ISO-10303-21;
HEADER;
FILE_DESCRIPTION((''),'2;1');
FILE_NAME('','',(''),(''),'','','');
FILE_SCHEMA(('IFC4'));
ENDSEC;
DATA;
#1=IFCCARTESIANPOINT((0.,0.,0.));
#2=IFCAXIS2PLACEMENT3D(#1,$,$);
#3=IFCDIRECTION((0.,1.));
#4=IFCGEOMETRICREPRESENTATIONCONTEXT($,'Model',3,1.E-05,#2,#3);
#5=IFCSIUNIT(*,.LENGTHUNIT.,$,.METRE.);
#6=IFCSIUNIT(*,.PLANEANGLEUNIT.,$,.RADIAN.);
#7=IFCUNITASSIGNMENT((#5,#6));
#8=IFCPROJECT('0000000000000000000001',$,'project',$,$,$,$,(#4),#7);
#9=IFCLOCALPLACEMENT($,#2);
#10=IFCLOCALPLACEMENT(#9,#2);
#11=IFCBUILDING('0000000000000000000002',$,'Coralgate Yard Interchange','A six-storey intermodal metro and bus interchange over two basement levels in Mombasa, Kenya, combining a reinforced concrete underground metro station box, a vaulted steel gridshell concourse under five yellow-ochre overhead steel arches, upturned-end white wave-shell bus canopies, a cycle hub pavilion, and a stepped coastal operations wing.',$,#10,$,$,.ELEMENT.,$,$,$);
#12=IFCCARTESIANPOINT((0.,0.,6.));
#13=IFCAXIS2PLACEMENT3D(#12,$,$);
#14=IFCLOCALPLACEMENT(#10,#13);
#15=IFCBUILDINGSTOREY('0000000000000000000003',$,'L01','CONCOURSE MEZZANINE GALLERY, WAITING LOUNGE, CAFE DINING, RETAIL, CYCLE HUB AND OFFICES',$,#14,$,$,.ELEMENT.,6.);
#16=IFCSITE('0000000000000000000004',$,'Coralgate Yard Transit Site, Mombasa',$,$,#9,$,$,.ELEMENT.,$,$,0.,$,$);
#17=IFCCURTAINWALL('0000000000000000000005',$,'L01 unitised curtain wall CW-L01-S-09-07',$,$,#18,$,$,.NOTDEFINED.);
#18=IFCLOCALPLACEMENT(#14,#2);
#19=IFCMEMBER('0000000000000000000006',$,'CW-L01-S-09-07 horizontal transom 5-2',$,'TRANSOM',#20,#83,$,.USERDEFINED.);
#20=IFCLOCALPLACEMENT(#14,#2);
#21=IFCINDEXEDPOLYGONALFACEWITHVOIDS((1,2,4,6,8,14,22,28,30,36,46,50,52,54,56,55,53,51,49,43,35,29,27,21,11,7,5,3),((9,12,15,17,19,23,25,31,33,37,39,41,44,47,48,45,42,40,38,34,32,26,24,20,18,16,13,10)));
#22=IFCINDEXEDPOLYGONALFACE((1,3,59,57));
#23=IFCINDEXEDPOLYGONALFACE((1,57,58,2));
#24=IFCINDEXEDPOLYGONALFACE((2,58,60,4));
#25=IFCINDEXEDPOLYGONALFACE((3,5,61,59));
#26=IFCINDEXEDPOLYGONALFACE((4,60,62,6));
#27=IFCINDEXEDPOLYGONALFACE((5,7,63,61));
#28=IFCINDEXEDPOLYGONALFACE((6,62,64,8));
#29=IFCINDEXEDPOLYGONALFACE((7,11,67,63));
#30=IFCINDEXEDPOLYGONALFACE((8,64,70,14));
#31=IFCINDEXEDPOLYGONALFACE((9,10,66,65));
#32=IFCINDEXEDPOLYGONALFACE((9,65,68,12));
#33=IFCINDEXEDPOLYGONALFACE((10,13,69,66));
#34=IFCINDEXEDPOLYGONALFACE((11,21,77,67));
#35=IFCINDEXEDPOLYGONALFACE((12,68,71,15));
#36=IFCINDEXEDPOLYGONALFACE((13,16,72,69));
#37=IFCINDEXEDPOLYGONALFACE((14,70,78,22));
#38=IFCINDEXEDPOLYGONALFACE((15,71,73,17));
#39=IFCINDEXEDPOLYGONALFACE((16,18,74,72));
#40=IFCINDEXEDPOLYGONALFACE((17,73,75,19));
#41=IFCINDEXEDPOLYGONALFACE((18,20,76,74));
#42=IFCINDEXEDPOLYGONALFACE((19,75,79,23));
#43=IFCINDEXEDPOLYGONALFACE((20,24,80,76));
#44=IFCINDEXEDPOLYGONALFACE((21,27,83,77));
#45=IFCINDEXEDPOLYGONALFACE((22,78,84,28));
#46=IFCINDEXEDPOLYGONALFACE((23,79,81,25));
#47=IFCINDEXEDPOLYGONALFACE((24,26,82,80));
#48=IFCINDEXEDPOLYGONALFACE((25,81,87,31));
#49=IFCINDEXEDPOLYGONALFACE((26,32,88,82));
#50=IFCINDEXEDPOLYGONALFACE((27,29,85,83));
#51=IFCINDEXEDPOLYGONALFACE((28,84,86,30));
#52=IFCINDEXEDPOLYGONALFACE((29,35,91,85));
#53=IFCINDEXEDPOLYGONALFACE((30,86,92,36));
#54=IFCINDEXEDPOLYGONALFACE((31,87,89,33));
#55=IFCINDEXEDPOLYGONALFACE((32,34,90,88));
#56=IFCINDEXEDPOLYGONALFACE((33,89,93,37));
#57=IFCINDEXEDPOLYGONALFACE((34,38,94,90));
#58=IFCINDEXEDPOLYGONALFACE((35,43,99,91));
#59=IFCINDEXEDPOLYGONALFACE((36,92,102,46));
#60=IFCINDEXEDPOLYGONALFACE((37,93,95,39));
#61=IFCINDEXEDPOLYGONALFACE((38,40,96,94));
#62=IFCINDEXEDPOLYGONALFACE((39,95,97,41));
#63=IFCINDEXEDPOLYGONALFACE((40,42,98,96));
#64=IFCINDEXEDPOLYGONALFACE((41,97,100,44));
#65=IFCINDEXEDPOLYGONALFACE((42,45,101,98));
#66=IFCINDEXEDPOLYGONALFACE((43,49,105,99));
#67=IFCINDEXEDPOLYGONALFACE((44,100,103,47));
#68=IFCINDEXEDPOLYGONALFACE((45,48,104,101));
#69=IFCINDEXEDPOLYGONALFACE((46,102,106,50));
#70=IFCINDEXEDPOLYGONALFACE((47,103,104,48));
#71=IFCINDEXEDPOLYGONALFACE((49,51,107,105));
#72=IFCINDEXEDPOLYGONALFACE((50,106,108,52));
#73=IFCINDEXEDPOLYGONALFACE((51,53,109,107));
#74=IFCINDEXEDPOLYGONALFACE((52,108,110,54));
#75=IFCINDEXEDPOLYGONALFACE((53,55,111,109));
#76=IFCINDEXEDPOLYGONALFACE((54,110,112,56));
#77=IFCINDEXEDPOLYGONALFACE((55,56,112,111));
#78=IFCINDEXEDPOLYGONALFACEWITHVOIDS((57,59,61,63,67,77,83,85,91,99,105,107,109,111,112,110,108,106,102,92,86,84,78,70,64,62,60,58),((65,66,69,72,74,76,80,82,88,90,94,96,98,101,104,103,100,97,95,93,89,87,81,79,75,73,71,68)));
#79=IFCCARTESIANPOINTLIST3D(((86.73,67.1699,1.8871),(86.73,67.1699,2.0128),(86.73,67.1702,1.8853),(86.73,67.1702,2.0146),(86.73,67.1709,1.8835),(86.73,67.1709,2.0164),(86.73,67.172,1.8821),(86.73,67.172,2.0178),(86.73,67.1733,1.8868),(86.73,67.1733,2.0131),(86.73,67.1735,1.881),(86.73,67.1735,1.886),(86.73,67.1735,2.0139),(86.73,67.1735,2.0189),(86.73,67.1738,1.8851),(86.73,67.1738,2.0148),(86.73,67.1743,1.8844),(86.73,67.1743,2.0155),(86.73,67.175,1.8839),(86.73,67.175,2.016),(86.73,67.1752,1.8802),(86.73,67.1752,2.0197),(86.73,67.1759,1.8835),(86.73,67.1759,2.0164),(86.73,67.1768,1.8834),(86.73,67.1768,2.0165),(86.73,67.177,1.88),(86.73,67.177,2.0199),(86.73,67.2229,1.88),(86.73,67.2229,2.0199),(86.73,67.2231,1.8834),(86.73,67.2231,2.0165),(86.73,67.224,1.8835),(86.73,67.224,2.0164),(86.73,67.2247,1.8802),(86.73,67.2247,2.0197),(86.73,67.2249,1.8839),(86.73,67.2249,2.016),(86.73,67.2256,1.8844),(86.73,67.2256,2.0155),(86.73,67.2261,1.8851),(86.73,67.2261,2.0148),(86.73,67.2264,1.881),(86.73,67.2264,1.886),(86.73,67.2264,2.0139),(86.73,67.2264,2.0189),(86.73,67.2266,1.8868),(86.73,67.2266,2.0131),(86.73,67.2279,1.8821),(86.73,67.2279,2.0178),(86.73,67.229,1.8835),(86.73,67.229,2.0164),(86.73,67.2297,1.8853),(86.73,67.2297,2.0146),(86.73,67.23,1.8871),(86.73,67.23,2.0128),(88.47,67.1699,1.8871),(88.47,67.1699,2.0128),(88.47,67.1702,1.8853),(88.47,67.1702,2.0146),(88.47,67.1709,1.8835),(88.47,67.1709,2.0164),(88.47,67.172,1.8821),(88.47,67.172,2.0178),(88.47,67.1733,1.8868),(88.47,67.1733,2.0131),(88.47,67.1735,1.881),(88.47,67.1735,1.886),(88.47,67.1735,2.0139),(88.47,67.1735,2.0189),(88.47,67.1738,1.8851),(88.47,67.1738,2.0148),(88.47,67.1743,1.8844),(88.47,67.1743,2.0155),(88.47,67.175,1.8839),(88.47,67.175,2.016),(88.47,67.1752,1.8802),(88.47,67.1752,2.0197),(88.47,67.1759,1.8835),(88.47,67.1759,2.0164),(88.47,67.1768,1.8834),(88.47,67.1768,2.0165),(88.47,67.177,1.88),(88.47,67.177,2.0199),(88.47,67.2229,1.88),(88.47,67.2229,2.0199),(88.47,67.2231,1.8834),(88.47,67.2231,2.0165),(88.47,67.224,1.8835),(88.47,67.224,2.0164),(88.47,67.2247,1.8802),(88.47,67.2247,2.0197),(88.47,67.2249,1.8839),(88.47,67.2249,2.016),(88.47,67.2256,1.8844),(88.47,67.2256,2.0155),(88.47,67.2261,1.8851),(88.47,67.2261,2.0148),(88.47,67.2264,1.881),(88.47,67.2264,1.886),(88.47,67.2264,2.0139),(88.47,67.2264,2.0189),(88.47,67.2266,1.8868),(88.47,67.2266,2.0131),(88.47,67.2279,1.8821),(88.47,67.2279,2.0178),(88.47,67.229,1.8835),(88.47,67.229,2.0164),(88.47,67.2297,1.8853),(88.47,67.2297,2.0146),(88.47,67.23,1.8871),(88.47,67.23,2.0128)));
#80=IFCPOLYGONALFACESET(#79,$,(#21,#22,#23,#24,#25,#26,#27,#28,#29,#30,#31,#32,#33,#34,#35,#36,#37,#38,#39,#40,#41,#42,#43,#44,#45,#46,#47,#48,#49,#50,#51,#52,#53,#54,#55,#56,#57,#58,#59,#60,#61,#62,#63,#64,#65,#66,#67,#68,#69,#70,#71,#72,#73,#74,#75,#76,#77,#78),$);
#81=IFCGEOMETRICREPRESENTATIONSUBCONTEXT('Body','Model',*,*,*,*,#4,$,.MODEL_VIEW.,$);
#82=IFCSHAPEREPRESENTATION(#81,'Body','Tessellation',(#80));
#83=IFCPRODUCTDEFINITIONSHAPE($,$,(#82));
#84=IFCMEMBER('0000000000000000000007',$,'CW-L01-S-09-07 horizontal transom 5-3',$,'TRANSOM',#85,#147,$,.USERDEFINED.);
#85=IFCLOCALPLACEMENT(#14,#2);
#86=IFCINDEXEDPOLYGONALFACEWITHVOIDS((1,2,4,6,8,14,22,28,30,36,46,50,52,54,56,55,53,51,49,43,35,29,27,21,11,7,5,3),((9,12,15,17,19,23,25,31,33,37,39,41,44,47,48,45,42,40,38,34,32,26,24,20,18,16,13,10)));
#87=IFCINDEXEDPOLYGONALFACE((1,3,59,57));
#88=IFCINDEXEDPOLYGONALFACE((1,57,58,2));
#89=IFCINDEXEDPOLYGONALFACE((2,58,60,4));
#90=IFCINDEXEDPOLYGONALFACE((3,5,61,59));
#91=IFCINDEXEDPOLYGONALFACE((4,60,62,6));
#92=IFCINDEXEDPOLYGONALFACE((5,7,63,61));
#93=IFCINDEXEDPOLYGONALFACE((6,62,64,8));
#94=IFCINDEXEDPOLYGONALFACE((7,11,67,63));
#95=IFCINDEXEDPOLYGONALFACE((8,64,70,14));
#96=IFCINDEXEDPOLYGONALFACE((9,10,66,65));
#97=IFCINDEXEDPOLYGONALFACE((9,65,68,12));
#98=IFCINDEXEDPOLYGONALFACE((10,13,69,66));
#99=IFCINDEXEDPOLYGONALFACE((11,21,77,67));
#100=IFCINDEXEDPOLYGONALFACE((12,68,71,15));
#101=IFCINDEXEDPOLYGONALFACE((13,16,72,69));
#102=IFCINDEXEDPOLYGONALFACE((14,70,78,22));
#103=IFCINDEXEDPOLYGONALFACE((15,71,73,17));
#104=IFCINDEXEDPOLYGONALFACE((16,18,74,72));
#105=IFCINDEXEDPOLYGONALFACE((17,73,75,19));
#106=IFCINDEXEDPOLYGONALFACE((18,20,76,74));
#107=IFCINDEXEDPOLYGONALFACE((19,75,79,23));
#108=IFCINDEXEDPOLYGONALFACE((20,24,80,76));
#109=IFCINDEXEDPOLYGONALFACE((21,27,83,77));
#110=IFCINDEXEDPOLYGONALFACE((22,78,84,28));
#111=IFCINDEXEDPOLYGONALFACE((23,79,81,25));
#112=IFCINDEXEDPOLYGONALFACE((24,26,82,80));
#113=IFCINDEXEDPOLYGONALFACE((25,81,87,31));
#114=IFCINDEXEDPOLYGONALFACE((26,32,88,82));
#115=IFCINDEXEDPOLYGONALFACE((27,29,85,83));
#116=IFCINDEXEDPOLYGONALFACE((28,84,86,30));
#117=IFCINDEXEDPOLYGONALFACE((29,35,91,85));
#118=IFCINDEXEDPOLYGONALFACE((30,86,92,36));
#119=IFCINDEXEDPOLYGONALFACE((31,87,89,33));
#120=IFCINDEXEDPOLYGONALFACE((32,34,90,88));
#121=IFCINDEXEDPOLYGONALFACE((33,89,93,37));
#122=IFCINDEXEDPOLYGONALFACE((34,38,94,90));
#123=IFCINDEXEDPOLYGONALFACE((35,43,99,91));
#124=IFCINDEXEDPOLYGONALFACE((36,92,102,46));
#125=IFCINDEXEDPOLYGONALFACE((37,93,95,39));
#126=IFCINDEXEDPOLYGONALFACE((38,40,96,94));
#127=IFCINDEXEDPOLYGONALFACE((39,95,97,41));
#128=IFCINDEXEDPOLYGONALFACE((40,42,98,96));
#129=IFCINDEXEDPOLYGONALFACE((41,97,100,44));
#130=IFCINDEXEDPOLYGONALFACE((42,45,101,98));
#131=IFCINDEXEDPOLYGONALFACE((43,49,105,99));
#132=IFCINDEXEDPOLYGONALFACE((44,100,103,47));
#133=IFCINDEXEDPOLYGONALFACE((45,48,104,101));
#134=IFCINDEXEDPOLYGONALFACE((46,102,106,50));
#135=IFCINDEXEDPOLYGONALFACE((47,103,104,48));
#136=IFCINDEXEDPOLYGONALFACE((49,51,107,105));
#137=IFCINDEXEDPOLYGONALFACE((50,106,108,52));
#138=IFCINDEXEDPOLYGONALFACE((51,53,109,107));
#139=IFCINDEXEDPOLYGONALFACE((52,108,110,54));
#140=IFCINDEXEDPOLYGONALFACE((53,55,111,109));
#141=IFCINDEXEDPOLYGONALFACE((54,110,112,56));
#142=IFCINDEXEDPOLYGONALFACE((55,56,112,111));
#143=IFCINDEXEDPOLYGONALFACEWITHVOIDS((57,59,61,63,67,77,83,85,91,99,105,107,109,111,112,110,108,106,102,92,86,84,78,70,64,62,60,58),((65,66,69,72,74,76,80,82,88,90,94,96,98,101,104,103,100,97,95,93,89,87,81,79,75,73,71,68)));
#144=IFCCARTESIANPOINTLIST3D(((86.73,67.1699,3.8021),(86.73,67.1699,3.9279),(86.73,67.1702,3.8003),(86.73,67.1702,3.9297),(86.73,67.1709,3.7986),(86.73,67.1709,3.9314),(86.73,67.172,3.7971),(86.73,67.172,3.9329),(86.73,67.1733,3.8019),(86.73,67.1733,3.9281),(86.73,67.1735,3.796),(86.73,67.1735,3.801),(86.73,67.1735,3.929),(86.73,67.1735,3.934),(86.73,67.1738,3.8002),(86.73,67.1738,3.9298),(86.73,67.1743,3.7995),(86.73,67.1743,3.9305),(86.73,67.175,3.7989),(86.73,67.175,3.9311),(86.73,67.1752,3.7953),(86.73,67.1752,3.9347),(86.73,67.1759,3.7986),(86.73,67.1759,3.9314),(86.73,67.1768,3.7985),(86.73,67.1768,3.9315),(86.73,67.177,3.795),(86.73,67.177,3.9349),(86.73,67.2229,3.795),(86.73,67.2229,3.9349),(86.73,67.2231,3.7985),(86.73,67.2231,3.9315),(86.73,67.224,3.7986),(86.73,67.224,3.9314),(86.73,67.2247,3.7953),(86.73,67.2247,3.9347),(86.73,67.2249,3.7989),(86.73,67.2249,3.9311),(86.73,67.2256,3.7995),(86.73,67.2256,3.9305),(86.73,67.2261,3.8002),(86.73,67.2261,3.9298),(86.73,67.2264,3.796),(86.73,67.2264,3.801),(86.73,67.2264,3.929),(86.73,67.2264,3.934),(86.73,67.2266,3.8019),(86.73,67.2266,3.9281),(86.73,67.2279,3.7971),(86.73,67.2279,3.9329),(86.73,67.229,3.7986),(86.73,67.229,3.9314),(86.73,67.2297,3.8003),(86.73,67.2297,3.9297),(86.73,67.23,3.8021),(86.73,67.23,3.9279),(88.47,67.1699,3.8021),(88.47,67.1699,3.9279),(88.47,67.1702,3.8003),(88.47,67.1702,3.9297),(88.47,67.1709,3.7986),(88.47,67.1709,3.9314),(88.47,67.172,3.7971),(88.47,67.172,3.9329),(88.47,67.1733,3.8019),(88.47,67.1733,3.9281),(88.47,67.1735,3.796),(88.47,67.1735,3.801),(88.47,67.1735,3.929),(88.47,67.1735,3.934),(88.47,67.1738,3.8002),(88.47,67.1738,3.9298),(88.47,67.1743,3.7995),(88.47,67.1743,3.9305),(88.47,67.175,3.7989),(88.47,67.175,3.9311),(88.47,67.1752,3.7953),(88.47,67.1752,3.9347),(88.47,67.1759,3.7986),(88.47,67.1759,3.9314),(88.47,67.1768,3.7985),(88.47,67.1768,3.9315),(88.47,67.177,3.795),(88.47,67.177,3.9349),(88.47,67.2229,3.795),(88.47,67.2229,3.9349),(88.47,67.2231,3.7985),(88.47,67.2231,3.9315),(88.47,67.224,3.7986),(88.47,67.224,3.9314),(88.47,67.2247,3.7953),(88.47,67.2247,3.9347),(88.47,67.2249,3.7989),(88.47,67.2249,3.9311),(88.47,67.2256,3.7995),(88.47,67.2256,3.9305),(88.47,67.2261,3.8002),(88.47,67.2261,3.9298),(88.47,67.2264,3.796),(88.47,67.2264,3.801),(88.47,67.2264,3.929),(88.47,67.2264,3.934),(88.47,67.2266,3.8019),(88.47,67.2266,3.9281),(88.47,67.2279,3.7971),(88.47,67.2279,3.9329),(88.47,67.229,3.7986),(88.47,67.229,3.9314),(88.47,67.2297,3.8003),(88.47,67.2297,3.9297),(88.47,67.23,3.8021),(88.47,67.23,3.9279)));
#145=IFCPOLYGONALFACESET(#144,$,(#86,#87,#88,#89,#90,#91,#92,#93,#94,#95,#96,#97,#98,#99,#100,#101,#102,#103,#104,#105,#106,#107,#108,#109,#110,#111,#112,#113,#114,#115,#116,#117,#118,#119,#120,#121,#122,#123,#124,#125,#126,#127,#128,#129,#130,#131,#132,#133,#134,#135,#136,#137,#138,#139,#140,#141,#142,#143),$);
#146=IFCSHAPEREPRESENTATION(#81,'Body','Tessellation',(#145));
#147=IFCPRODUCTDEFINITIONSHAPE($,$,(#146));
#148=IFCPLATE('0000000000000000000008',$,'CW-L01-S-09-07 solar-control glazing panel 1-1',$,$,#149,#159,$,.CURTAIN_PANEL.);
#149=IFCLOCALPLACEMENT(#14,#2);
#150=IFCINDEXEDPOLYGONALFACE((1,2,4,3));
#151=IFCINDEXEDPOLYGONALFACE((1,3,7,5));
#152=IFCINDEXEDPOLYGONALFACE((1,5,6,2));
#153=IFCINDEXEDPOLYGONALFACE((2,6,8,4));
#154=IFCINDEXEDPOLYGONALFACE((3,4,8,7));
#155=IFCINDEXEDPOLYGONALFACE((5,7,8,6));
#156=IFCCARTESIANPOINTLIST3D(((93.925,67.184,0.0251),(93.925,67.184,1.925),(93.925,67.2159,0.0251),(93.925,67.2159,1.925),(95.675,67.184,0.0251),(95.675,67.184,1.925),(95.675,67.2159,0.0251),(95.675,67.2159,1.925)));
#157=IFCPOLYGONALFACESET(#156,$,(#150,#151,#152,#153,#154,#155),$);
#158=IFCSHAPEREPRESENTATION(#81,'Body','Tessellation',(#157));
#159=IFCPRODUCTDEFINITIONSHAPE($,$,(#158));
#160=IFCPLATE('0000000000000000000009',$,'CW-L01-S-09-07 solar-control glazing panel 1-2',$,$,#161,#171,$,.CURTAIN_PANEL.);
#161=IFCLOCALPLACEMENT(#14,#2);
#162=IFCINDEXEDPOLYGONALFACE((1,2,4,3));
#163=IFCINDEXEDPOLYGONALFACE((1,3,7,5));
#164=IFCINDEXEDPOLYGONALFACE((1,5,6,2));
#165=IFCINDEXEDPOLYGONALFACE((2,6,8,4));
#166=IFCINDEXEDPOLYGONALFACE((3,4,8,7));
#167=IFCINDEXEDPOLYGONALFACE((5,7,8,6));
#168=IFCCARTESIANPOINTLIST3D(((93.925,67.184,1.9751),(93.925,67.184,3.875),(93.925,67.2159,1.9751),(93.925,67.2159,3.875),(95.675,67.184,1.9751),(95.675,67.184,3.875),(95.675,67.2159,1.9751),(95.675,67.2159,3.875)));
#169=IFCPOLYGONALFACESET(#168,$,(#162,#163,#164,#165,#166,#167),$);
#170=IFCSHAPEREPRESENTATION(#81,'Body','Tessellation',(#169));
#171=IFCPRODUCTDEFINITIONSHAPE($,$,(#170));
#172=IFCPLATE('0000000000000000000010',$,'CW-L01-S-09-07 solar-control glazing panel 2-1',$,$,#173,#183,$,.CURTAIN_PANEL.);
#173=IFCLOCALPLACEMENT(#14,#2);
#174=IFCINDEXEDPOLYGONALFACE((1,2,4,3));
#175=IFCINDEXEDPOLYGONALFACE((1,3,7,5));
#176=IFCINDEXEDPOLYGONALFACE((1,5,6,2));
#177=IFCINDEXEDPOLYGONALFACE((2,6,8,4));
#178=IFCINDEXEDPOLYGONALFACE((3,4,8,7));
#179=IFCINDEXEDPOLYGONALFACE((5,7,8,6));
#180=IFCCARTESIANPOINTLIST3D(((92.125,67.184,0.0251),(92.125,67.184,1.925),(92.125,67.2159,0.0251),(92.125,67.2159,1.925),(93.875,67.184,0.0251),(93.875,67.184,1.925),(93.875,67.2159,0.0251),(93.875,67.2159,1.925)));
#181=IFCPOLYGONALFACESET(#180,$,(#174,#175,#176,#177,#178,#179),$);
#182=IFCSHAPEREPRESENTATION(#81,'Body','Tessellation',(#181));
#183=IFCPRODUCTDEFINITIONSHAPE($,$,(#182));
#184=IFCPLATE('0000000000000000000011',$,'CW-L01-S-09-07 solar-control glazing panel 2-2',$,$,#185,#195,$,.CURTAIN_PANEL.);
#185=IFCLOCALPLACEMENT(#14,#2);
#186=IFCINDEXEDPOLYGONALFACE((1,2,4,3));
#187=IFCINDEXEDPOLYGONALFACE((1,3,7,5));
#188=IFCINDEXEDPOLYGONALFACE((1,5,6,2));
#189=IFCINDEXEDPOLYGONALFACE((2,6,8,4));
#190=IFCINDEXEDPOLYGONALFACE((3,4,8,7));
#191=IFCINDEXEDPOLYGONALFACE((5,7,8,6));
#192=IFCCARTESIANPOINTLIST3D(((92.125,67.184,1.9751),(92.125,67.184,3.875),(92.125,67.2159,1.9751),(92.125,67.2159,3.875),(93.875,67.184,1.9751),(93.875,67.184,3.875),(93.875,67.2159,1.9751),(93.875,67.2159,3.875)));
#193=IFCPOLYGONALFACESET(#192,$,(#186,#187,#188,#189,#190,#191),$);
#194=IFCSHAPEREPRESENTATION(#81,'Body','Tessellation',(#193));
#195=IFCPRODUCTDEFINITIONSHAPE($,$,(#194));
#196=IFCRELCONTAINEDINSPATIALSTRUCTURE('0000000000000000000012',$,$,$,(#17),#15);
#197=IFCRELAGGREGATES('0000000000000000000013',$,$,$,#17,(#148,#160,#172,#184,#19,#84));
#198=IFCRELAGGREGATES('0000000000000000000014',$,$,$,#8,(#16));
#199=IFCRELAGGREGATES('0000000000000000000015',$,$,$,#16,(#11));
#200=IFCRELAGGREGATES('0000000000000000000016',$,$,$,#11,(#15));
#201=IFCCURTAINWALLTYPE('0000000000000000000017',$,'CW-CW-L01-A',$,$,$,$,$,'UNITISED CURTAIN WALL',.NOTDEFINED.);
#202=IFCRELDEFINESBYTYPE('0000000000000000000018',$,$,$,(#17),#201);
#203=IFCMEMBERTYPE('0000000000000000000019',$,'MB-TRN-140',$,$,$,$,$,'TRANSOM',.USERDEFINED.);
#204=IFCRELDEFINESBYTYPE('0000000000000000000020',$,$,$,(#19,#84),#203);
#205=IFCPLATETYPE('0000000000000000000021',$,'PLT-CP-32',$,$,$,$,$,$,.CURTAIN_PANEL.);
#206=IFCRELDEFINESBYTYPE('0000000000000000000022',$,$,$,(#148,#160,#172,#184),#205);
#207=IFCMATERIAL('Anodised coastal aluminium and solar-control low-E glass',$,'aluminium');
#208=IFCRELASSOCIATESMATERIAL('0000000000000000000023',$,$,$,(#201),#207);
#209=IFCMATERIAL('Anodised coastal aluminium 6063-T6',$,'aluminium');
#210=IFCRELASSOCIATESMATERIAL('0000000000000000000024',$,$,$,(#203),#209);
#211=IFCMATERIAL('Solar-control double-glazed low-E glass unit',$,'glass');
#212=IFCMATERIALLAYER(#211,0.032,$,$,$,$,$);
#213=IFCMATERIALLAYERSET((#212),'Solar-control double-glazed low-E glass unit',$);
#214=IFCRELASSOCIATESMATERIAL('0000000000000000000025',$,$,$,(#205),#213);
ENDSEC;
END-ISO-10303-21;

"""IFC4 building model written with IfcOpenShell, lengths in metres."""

from ifc_helpers import new_model, si_unit, direction, frame, origin, origin_2d, place, context, subcontext, project, spatial, rectangle, hollow_rectangle, extrude, material, layer, layer_set, material_profile, profile_set, type_object, element, aggregate, save


model = new_model("IFC4")

# Units and contexts
model_context = context("Model", 3, precision=1e-05, world=origin(), true_north=direction((0.0, 1.0)))
body_context = subcontext(model_context, "Body", "Model", "MODEL_VIEW")
ifc_project = project(units=[si_unit("LENGTHUNIT", "METRE"), si_unit("PLANEANGLEUNIT", "RADIAN")], contexts=[model_context])

# Site, building, storey
site_placement = place(None, origin())
site = spatial("IfcSite", under=ifc_project, at=site_placement, Name="Coralgate Yard Transit Site, Mombasa", CompositionType="ELEMENT", RefElevation=0.0)
building_placement = place(site_placement, origin())
building = spatial("IfcBuilding", under=site, at=building_placement, Name="Coralgate Yard Interchange", Description="A six-storey intermodal metro and bus interchange over two basement levels in Mombasa, Kenya, combining a reinforced concrete underground metro station box, a vaulted steel gridshell concourse under five yellow-ochre overhead steel arches, upturned-end white wave-shell bus canopies, a cycle hub pavilion, and a stepped coastal operations wing.", CompositionType="ELEMENT")
storey_placement = place(building_placement, frame((0.0, 0.0, 6.0)))
storey = spatial("IfcBuildingStorey", under=building, at=storey_placement, Name="L01", Description="CONCOURSE MEZZANINE GALLERY, WAITING LOUNGE, CAFE DINING, RETAIL, CYCLE HUB AND OFFICES", CompositionType="ELEMENT", Elevation=6.0)

# Curtain wall, members, plates
ifc_material_1 = material(Name="Anodised coastal aluminium and solar-control low-E glass", Category="aluminium")
curtain_wall_type = type_object("IfcCurtainWallType", Name="CW-CW-L01-A", ElementType="UNITISED CURTAIN WALL", PredefinedType="NOTDEFINED", material=ifc_material_1)
curtain_wall_placement = place(storey_placement, origin())
curtain_wall = element("IfcCurtainWall", 1, at=curtain_wall_placement, inside=storey, type_object=curtain_wall_type, Name="L01 unitised curtain wall CW-L01-S-09-07", PredefinedType="NOTDEFINED")
ifc_material_2 = material(Name="Anodised coastal aluminium 6063-T6", Category="aluminium")
ifc_material_profile_1 = material_profile(ifc_material_2, hollow_rectangle(XDim=0.0601, YDim=0.1399, WallThickness=0.0034, InnerFilletRadius=0.0034, OuterFilletRadius=0.0071, at=origin_2d()), Name="ALU 60x140x3.5")
ifc_profile_set_1 = profile_set([ifc_material_profile_1], Name="Anodised coastal aluminium 6063-T6")
member_type_1 = type_object("IfcMemberType", Name="MB-TRN-140", ElementType="TRANSOM", PredefinedType="USERDEFINED", material=ifc_profile_set_1)
member_1_placement = place(storey_placement, frame((88.47, 67.2, 1.95), z_axis=(-1.0, 0.0, 0.0), x_axis=(0.0, -1.0, 0.0)))
member_1 = element("IfcMember", 2, at=member_1_placement, type_object=member_type_1, Name="CW-L01-S-09-07 horizontal transom 5-2", ObjectType="TRANSOM", PredefinedType="USERDEFINED", context=body_context, shape_type="SweptSolid", body=[
    extrude(hollow_rectangle(XDim=0.0601, YDim=0.1399, WallThickness=0.0034, InnerFilletRadius=0.0034, OuterFilletRadius=0.0071, at=origin_2d()), origin(), (0.0, 0.0, 1.0), 1.74),
])
member_2_placement = place(storey_placement, frame((88.47, 67.2, 3.865), z_axis=(-1.0, 0.0, 0.0), x_axis=(0.0, -1.0, 0.0)))
member_2 = element("IfcMember", 3, at=member_2_placement, type_object=member_type_1, Name="CW-L01-S-09-07 horizontal transom 5-3", ObjectType="TRANSOM", PredefinedType="USERDEFINED", context=body_context, shape_type="SweptSolid", body=[
    extrude(hollow_rectangle(XDim=0.0601, YDim=0.1399, WallThickness=0.0034, InnerFilletRadius=0.0034, OuterFilletRadius=0.0071, at=origin_2d()), origin(), (0.0, 0.0, 1.0), 1.74),
])
ifc_material_3 = material(Name="Solar-control double-glazed low-E glass unit", Category="glass")
ifc_layer = layer(ifc_material_3, 0.032)
ifc_layer_set = layer_set([ifc_layer], Name="Solar-control double-glazed low-E glass unit")
plate_type = type_object("IfcPlateType", Name="PLT-CP-32", PredefinedType="CURTAIN_PANEL", material=ifc_layer_set)
plate_1_placement = place(storey_placement, frame((94.8, 67.2, 0.0251), z_axis=(0.0, 0.0, 1.0), x_axis=(-1.0, 0.0, 0.0)))
plate_1 = element("IfcPlate", 4, at=plate_1_placement, type_object=plate_type, Name="CW-L01-S-09-07 solar-control glazing panel 1-1", PredefinedType="CURTAIN_PANEL", context=body_context, shape_type="SweptSolid", body=[
    extrude(rectangle(XDim=1.75, YDim=0.032, at=origin_2d()), origin(), (0.0, 0.0, 1.0), 1.8999),
])
plate_2_placement = place(storey_placement, frame((94.8, 67.2, 1.9751), z_axis=(0.0, 0.0, 1.0), x_axis=(-1.0, 0.0, 0.0)))
plate_2 = element("IfcPlate", 5, at=plate_2_placement, type_object=plate_type, Name="CW-L01-S-09-07 solar-control glazing panel 1-2", PredefinedType="CURTAIN_PANEL", context=body_context, shape_type="SweptSolid", body=[
    extrude(rectangle(XDim=1.75, YDim=0.032, at=origin_2d()), origin(), (0.0, 0.0, 1.0), 1.8999),
])
plate_3_placement = place(storey_placement, frame((93.0, 67.2, 0.0251), z_axis=(0.0, 0.0, 1.0), x_axis=(-1.0, 0.0, 0.0)))
plate_3 = element("IfcPlate", 6, at=plate_3_placement, type_object=plate_type, Name="CW-L01-S-09-07 solar-control glazing panel 2-1", PredefinedType="CURTAIN_PANEL", context=body_context, shape_type="SweptSolid", body=[
    extrude(rectangle(XDim=1.75, YDim=0.032, at=origin_2d()), origin(), (0.0, 0.0, 1.0), 1.8999),
])
plate_4_placement = place(storey_placement, frame((93.0, 67.2, 1.9751), z_axis=(0.0, 0.0, 1.0), x_axis=(-1.0, 0.0, 0.0)))
plate_4 = element("IfcPlate", 7, at=plate_4_placement, type_object=plate_type, Name="CW-L01-S-09-07 solar-control glazing panel 2-2", PredefinedType="CURTAIN_PANEL", context=body_context, shape_type="SweptSolid", body=[
    extrude(rectangle(XDim=1.75, YDim=0.032, at=origin_2d()), origin(), (0.0, 0.0, 1.0), 1.8999),
])
aggregate(curtain_wall, [plate_1, plate_2, plate_3, plate_4, member_1, member_2])

save(model, "model.ifc")
